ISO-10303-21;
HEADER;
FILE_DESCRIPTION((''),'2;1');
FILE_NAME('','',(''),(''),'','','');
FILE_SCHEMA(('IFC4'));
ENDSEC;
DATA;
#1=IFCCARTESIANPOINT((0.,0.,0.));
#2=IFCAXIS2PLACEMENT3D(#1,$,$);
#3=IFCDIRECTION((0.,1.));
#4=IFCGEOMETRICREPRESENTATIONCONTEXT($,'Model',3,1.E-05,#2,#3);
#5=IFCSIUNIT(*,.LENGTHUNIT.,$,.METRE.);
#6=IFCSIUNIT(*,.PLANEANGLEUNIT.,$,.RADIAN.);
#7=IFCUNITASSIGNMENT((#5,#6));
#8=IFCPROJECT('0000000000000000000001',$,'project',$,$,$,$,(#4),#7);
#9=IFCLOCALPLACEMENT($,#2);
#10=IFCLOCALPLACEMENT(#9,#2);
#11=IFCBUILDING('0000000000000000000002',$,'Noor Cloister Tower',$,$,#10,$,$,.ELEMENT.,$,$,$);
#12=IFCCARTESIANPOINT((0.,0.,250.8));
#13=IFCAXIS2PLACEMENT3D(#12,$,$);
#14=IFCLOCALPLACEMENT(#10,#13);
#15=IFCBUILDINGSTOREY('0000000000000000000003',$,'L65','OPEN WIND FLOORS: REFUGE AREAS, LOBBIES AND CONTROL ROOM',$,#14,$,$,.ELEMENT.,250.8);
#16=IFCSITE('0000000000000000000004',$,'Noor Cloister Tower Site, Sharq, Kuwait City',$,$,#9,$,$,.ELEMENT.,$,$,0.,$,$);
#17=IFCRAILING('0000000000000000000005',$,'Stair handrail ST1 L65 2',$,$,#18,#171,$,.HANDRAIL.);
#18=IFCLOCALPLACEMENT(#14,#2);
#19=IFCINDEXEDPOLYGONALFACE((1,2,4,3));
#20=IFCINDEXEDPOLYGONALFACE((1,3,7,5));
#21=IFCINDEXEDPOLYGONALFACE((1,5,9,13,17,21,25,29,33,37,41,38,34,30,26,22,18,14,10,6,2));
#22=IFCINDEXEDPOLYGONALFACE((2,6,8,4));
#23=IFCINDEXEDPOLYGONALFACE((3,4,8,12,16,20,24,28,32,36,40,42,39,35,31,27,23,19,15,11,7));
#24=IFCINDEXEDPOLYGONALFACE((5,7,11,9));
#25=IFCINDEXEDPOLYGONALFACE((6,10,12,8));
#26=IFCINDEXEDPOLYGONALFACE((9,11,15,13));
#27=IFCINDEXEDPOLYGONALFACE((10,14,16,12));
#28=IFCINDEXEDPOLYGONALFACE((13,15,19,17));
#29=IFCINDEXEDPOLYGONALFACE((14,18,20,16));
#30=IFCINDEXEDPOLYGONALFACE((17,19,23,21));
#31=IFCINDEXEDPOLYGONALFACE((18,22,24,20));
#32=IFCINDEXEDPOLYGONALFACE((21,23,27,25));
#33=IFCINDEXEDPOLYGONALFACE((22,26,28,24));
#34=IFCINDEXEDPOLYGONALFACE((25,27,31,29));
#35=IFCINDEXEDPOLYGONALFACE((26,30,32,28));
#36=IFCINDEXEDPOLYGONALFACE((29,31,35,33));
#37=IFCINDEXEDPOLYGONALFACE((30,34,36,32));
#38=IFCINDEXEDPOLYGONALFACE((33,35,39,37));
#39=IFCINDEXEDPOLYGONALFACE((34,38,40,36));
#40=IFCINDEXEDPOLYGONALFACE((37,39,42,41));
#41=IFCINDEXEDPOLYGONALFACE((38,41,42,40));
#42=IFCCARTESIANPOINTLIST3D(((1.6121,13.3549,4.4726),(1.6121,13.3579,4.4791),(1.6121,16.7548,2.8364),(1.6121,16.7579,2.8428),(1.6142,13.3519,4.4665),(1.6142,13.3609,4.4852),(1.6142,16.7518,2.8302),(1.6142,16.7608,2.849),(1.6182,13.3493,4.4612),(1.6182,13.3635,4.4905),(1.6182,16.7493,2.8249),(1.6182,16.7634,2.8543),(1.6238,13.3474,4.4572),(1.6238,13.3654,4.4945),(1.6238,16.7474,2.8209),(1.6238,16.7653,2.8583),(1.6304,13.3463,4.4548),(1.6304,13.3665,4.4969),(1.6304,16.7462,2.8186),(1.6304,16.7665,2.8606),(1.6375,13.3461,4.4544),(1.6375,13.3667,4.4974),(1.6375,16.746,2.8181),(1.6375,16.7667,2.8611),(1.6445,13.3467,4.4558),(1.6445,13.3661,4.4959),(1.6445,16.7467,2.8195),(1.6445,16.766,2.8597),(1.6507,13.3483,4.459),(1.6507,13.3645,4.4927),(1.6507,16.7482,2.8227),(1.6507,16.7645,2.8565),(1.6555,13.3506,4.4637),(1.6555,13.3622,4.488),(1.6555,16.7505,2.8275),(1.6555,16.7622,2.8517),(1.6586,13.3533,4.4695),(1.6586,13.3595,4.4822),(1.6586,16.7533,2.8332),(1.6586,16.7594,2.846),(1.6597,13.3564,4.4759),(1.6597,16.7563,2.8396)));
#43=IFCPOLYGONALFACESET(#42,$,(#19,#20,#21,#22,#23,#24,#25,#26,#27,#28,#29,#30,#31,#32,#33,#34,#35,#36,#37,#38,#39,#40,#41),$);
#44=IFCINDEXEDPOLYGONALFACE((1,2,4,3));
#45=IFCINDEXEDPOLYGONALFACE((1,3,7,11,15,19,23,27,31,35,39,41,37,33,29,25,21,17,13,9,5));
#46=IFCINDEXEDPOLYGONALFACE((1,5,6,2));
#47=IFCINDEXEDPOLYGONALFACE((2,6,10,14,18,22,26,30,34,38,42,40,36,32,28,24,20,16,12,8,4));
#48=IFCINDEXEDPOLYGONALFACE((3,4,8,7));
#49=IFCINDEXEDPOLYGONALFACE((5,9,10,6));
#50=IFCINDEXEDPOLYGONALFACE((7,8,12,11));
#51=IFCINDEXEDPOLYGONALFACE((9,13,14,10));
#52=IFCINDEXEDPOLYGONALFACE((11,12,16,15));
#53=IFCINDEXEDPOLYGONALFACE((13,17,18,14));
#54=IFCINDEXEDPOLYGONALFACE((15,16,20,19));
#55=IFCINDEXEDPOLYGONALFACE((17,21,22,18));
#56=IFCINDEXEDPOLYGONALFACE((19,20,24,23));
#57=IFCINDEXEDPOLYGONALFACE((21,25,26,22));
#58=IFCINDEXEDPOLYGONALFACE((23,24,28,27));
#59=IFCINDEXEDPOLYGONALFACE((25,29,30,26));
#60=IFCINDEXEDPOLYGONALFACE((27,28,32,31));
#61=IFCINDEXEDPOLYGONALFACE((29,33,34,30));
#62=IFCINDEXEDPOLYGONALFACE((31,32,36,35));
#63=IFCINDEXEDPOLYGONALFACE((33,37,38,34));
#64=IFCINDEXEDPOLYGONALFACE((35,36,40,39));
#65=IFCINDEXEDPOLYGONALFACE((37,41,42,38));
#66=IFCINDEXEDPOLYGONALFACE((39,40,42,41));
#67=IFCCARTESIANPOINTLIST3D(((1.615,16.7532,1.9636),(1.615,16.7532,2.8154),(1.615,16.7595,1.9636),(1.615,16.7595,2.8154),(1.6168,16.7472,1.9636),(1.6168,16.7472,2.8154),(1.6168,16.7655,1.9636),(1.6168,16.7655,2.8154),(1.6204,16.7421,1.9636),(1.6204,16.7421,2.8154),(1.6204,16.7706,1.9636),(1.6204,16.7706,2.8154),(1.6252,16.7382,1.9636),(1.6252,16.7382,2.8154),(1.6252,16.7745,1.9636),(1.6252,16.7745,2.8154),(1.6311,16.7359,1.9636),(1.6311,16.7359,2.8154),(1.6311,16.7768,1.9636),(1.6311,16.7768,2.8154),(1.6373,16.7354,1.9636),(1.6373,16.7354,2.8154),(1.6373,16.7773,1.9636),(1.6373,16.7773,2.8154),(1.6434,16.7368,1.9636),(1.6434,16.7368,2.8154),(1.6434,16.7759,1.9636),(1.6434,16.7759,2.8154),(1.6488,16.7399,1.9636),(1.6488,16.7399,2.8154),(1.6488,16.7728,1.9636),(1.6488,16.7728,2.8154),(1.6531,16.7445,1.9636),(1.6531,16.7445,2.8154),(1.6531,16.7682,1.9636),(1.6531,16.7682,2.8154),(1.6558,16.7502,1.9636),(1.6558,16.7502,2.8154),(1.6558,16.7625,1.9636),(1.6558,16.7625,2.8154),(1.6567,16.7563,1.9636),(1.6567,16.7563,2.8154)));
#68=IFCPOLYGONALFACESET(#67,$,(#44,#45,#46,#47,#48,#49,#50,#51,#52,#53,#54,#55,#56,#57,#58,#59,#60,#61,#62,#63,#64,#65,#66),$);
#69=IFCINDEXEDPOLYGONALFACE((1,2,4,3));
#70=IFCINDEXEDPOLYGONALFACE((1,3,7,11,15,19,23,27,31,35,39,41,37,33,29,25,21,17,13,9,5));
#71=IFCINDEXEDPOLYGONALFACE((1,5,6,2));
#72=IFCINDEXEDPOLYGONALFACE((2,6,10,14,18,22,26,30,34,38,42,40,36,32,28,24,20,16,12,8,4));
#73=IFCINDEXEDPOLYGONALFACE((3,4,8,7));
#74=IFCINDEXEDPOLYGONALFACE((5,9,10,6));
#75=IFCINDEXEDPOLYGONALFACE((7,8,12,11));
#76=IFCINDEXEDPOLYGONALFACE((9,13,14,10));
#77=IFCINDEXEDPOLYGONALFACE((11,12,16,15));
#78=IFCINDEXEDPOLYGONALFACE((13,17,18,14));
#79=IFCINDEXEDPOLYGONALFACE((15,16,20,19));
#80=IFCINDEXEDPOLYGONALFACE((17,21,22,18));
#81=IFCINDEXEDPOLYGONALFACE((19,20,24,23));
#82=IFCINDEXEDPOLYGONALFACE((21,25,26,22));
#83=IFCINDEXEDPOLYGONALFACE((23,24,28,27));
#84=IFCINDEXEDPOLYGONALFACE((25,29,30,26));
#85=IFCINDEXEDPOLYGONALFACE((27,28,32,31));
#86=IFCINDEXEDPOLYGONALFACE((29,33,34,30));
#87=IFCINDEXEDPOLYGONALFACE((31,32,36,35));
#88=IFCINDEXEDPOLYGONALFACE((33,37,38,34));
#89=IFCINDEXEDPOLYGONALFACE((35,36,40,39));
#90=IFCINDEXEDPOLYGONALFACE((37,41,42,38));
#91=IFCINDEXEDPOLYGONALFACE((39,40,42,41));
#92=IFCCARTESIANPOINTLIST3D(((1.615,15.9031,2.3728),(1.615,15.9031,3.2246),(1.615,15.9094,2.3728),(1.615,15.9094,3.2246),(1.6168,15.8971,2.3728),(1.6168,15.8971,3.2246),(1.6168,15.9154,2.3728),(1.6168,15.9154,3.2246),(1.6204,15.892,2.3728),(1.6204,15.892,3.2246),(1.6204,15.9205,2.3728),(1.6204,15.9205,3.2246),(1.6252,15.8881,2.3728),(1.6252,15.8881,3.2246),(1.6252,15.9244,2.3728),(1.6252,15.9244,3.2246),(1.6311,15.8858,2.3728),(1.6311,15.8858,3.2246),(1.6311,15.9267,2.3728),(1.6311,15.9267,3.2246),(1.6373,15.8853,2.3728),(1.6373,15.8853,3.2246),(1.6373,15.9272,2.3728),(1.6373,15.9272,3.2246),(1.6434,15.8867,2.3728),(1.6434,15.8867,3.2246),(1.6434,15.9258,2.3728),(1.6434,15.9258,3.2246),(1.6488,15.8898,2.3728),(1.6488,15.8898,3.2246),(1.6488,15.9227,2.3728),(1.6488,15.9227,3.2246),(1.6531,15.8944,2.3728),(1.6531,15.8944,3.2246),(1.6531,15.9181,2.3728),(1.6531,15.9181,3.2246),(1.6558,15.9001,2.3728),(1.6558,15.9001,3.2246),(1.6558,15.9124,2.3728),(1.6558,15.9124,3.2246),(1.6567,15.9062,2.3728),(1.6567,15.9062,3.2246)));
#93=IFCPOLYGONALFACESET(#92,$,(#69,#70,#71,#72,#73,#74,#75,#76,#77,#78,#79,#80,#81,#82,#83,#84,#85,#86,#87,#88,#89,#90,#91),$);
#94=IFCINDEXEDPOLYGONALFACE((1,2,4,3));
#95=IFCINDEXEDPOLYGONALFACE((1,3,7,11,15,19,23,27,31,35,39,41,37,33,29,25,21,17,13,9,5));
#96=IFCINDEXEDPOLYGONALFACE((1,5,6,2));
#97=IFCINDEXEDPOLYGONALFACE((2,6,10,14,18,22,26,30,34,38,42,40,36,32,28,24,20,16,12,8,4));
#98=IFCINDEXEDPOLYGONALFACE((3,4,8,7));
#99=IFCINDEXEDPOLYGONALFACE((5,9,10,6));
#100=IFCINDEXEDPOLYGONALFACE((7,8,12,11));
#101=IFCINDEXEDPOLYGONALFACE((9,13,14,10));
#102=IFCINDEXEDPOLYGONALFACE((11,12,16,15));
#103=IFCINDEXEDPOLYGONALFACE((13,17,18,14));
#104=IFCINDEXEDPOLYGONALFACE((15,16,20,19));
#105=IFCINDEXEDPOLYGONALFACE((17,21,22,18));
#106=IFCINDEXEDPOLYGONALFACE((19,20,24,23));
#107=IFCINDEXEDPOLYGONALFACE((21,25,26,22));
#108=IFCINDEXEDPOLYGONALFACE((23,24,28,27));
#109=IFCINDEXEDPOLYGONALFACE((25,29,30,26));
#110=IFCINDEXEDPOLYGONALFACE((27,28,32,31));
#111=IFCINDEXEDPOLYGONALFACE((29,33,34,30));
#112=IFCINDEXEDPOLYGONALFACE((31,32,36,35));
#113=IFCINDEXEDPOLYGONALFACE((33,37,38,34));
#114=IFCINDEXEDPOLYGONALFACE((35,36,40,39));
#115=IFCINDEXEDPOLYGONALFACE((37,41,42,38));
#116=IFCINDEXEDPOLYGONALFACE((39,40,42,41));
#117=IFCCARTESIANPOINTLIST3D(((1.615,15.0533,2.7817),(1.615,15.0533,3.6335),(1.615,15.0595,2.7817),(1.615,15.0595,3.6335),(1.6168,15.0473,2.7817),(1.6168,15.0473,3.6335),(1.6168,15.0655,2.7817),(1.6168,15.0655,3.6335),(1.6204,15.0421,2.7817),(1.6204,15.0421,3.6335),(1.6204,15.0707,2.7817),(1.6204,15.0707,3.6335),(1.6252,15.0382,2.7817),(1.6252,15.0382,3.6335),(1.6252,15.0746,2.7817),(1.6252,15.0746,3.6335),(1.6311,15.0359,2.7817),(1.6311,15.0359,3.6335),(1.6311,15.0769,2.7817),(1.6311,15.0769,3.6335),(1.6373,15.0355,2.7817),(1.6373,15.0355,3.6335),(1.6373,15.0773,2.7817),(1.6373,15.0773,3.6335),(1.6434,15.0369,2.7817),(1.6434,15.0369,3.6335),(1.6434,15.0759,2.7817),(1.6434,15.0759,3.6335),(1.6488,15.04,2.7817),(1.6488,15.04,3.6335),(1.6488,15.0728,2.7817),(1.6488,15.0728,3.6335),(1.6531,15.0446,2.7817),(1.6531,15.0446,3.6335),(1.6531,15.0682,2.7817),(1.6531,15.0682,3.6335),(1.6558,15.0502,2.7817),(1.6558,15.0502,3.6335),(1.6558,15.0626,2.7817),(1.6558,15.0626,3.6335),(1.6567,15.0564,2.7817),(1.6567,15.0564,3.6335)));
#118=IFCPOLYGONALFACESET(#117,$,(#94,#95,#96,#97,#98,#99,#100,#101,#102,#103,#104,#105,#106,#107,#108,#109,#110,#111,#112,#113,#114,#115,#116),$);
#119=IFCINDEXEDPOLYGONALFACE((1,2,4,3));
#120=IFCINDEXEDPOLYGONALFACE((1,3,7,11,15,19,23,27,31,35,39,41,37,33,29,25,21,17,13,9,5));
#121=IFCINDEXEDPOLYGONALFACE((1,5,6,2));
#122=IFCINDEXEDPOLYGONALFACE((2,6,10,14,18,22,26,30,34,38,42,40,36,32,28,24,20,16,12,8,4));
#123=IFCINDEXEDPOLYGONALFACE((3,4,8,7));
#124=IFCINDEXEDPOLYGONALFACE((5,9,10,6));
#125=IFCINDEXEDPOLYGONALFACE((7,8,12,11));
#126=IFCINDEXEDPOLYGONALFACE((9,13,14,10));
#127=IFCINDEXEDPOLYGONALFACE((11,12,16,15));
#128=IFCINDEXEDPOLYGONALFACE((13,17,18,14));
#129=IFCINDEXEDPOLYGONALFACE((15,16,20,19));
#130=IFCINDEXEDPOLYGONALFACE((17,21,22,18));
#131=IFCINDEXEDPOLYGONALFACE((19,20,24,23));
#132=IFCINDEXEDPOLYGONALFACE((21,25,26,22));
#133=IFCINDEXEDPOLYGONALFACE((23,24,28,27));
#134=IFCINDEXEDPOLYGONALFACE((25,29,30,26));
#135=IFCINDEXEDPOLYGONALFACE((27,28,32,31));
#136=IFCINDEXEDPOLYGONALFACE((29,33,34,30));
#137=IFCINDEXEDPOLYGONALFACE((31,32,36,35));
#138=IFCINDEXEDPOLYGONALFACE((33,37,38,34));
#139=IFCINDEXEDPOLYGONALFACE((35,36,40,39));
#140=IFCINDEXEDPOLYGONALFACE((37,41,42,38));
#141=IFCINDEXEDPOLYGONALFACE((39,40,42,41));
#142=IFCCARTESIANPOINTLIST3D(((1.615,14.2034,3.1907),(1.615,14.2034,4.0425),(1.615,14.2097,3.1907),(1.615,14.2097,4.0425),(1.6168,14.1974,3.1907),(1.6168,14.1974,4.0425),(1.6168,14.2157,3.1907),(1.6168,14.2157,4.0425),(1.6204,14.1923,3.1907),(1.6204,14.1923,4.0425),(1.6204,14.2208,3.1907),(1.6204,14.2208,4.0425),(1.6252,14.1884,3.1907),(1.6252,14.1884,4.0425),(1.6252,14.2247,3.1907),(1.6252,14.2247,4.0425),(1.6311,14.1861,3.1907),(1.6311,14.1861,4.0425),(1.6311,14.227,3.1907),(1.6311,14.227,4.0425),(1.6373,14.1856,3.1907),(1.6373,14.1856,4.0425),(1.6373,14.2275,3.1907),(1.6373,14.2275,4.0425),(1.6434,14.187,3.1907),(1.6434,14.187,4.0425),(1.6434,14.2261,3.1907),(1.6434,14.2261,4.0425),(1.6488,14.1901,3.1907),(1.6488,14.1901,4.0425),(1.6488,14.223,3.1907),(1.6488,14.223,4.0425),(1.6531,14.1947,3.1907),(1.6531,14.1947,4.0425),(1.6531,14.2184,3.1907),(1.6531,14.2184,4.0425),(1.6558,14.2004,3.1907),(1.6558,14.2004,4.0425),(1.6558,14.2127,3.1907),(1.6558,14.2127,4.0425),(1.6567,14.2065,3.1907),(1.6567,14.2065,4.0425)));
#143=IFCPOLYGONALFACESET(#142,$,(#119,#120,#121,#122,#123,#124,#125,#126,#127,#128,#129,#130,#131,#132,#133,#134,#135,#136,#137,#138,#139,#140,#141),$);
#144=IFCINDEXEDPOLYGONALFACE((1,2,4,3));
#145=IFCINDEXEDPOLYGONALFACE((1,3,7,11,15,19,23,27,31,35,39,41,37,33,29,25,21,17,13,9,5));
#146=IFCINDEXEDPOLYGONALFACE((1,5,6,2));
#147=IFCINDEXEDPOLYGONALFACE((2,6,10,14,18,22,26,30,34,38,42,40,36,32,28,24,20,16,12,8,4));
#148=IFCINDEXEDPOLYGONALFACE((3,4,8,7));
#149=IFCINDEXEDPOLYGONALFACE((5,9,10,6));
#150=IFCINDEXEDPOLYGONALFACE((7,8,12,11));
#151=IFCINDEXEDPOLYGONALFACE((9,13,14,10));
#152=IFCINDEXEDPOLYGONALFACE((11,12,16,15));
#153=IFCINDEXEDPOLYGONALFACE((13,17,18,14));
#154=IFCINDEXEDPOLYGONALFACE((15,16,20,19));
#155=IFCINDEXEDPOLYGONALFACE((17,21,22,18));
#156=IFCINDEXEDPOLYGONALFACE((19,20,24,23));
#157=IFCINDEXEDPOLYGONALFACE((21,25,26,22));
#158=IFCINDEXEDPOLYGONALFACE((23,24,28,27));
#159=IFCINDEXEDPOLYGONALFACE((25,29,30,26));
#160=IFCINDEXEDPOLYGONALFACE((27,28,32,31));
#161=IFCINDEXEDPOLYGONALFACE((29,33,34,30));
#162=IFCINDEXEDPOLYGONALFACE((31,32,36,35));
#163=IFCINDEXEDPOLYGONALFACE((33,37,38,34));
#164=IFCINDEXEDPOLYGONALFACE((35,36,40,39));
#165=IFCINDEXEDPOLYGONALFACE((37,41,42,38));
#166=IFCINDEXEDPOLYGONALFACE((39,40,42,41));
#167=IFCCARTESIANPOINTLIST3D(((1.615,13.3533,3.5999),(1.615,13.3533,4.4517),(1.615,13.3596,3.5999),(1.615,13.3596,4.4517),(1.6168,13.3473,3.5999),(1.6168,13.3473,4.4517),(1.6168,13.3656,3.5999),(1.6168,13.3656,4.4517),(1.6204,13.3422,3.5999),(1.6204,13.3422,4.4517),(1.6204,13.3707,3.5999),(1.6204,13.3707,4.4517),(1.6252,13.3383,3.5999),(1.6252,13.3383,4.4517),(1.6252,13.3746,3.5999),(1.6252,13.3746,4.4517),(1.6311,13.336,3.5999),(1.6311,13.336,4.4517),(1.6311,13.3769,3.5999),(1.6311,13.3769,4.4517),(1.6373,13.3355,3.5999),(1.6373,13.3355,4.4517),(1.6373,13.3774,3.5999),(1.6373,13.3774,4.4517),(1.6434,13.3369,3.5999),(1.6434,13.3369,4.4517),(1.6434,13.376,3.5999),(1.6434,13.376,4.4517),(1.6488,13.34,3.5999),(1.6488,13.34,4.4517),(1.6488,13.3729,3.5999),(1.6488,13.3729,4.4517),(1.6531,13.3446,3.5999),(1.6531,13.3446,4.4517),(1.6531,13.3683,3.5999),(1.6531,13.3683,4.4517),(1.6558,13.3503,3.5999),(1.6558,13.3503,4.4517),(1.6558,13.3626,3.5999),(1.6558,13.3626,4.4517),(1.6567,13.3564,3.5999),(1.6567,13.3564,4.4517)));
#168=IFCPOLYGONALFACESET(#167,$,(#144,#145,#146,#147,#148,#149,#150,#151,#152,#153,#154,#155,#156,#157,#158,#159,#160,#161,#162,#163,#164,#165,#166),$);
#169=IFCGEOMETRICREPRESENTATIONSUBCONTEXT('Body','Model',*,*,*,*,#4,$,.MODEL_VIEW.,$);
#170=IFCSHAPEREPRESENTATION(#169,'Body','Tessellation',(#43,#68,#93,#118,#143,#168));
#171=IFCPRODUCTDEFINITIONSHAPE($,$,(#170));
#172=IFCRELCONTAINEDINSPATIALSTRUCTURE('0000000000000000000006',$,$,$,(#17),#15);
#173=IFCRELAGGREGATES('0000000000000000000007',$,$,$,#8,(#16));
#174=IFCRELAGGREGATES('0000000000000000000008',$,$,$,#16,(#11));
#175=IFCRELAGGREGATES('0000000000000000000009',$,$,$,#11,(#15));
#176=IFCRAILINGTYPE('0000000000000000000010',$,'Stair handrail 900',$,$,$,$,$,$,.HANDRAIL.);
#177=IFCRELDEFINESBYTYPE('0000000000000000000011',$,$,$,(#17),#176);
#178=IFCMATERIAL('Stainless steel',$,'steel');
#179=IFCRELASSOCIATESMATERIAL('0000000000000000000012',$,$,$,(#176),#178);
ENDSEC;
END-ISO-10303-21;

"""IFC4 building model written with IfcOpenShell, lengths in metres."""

from ifc_helpers import new_model, si_unit, direction, frame, origin, origin_2d, place, context, subcontext, project, spatial, circle, extrude, material, type_object, element, save


model = new_model("IFC4")

# Units and contexts
model_context = context("Model", 3, precision=1e-05, world=origin(), true_north=direction((0.0, 1.0)))
body_context = subcontext(model_context, "Body", "Model", "MODEL_VIEW")
ifc_project = project(units=[si_unit("LENGTHUNIT", "METRE"), si_unit("PLANEANGLEUNIT", "RADIAN")], contexts=[model_context])

# Site, building, storey
site_placement = place(None, origin())
site = spatial("IfcSite", under=ifc_project, at=site_placement, Name="Noor Cloister Tower Site, Sharq, Kuwait City", CompositionType="ELEMENT", RefElevation=0.0)
building_placement = place(site_placement, origin())
building = spatial("IfcBuilding", under=site, at=building_placement, Name="Noor Cloister Tower", CompositionType="ELEMENT")
storey_placement = place(building_placement, frame((0.0, 0.0, 250.8)))
storey = spatial("IfcBuildingStorey", under=building, at=storey_placement, Name="L65", Description="OPEN WIND FLOORS: REFUGE AREAS, LOBBIES AND CONTROL ROOM", CompositionType="ELEMENT", Elevation=250.8)

# Railing
ifc_material_1 = material(Name="Stainless steel", Category="steel")
railing_type_1 = type_object("IfcRailingType", Name="Stair handrail 900", PredefinedType="HANDRAIL", material=ifc_material_1)
railing_1_placement = place(storey_placement, frame((1.6357, 16.7563, 1.9636)))
element("IfcRailing", 1, at=railing_1_placement, inside=storey, type_object=railing_type_1, Name="Stair handrail ST1 L65 2", PredefinedType="HANDRAIL", context=body_context, shape_type="SweptSolid", body=[
    extrude(circle(Radius=0.0239, at=origin_2d()), frame((0.0, 0.0, 0.876), z_axis=(0.0, -0.90108, 0.433652), x_axis=(1.0, 0.0, 0.0)), (0.0, 0.0, 1.0), 3.7732),
    extrude(circle(Radius=0.021, at=origin_2d()), origin(), (0.0, 0.0, 1.0), 0.8518),
    extrude(circle(Radius=0.021, at=origin_2d()), frame((0.0, -0.8501, 0.4092)), (0.0, 0.0, 1.0), 0.8518),
    extrude(circle(Radius=0.021, at=origin_2d()), frame((0.0, -1.7, 0.8181)), (0.0, 0.0, 1.0), 0.8518),
    extrude(circle(Radius=0.021, at=origin_2d()), frame((0.0, -2.5498, 1.2271)), (0.0, 0.0, 1.0), 0.8518),
    extrude(circle(Radius=0.021, at=origin_2d()), frame((0.0, -3.3999, 1.6362)), (0.0, 0.0, 1.0), 0.8518),
])

save(model, "model.ifc")
